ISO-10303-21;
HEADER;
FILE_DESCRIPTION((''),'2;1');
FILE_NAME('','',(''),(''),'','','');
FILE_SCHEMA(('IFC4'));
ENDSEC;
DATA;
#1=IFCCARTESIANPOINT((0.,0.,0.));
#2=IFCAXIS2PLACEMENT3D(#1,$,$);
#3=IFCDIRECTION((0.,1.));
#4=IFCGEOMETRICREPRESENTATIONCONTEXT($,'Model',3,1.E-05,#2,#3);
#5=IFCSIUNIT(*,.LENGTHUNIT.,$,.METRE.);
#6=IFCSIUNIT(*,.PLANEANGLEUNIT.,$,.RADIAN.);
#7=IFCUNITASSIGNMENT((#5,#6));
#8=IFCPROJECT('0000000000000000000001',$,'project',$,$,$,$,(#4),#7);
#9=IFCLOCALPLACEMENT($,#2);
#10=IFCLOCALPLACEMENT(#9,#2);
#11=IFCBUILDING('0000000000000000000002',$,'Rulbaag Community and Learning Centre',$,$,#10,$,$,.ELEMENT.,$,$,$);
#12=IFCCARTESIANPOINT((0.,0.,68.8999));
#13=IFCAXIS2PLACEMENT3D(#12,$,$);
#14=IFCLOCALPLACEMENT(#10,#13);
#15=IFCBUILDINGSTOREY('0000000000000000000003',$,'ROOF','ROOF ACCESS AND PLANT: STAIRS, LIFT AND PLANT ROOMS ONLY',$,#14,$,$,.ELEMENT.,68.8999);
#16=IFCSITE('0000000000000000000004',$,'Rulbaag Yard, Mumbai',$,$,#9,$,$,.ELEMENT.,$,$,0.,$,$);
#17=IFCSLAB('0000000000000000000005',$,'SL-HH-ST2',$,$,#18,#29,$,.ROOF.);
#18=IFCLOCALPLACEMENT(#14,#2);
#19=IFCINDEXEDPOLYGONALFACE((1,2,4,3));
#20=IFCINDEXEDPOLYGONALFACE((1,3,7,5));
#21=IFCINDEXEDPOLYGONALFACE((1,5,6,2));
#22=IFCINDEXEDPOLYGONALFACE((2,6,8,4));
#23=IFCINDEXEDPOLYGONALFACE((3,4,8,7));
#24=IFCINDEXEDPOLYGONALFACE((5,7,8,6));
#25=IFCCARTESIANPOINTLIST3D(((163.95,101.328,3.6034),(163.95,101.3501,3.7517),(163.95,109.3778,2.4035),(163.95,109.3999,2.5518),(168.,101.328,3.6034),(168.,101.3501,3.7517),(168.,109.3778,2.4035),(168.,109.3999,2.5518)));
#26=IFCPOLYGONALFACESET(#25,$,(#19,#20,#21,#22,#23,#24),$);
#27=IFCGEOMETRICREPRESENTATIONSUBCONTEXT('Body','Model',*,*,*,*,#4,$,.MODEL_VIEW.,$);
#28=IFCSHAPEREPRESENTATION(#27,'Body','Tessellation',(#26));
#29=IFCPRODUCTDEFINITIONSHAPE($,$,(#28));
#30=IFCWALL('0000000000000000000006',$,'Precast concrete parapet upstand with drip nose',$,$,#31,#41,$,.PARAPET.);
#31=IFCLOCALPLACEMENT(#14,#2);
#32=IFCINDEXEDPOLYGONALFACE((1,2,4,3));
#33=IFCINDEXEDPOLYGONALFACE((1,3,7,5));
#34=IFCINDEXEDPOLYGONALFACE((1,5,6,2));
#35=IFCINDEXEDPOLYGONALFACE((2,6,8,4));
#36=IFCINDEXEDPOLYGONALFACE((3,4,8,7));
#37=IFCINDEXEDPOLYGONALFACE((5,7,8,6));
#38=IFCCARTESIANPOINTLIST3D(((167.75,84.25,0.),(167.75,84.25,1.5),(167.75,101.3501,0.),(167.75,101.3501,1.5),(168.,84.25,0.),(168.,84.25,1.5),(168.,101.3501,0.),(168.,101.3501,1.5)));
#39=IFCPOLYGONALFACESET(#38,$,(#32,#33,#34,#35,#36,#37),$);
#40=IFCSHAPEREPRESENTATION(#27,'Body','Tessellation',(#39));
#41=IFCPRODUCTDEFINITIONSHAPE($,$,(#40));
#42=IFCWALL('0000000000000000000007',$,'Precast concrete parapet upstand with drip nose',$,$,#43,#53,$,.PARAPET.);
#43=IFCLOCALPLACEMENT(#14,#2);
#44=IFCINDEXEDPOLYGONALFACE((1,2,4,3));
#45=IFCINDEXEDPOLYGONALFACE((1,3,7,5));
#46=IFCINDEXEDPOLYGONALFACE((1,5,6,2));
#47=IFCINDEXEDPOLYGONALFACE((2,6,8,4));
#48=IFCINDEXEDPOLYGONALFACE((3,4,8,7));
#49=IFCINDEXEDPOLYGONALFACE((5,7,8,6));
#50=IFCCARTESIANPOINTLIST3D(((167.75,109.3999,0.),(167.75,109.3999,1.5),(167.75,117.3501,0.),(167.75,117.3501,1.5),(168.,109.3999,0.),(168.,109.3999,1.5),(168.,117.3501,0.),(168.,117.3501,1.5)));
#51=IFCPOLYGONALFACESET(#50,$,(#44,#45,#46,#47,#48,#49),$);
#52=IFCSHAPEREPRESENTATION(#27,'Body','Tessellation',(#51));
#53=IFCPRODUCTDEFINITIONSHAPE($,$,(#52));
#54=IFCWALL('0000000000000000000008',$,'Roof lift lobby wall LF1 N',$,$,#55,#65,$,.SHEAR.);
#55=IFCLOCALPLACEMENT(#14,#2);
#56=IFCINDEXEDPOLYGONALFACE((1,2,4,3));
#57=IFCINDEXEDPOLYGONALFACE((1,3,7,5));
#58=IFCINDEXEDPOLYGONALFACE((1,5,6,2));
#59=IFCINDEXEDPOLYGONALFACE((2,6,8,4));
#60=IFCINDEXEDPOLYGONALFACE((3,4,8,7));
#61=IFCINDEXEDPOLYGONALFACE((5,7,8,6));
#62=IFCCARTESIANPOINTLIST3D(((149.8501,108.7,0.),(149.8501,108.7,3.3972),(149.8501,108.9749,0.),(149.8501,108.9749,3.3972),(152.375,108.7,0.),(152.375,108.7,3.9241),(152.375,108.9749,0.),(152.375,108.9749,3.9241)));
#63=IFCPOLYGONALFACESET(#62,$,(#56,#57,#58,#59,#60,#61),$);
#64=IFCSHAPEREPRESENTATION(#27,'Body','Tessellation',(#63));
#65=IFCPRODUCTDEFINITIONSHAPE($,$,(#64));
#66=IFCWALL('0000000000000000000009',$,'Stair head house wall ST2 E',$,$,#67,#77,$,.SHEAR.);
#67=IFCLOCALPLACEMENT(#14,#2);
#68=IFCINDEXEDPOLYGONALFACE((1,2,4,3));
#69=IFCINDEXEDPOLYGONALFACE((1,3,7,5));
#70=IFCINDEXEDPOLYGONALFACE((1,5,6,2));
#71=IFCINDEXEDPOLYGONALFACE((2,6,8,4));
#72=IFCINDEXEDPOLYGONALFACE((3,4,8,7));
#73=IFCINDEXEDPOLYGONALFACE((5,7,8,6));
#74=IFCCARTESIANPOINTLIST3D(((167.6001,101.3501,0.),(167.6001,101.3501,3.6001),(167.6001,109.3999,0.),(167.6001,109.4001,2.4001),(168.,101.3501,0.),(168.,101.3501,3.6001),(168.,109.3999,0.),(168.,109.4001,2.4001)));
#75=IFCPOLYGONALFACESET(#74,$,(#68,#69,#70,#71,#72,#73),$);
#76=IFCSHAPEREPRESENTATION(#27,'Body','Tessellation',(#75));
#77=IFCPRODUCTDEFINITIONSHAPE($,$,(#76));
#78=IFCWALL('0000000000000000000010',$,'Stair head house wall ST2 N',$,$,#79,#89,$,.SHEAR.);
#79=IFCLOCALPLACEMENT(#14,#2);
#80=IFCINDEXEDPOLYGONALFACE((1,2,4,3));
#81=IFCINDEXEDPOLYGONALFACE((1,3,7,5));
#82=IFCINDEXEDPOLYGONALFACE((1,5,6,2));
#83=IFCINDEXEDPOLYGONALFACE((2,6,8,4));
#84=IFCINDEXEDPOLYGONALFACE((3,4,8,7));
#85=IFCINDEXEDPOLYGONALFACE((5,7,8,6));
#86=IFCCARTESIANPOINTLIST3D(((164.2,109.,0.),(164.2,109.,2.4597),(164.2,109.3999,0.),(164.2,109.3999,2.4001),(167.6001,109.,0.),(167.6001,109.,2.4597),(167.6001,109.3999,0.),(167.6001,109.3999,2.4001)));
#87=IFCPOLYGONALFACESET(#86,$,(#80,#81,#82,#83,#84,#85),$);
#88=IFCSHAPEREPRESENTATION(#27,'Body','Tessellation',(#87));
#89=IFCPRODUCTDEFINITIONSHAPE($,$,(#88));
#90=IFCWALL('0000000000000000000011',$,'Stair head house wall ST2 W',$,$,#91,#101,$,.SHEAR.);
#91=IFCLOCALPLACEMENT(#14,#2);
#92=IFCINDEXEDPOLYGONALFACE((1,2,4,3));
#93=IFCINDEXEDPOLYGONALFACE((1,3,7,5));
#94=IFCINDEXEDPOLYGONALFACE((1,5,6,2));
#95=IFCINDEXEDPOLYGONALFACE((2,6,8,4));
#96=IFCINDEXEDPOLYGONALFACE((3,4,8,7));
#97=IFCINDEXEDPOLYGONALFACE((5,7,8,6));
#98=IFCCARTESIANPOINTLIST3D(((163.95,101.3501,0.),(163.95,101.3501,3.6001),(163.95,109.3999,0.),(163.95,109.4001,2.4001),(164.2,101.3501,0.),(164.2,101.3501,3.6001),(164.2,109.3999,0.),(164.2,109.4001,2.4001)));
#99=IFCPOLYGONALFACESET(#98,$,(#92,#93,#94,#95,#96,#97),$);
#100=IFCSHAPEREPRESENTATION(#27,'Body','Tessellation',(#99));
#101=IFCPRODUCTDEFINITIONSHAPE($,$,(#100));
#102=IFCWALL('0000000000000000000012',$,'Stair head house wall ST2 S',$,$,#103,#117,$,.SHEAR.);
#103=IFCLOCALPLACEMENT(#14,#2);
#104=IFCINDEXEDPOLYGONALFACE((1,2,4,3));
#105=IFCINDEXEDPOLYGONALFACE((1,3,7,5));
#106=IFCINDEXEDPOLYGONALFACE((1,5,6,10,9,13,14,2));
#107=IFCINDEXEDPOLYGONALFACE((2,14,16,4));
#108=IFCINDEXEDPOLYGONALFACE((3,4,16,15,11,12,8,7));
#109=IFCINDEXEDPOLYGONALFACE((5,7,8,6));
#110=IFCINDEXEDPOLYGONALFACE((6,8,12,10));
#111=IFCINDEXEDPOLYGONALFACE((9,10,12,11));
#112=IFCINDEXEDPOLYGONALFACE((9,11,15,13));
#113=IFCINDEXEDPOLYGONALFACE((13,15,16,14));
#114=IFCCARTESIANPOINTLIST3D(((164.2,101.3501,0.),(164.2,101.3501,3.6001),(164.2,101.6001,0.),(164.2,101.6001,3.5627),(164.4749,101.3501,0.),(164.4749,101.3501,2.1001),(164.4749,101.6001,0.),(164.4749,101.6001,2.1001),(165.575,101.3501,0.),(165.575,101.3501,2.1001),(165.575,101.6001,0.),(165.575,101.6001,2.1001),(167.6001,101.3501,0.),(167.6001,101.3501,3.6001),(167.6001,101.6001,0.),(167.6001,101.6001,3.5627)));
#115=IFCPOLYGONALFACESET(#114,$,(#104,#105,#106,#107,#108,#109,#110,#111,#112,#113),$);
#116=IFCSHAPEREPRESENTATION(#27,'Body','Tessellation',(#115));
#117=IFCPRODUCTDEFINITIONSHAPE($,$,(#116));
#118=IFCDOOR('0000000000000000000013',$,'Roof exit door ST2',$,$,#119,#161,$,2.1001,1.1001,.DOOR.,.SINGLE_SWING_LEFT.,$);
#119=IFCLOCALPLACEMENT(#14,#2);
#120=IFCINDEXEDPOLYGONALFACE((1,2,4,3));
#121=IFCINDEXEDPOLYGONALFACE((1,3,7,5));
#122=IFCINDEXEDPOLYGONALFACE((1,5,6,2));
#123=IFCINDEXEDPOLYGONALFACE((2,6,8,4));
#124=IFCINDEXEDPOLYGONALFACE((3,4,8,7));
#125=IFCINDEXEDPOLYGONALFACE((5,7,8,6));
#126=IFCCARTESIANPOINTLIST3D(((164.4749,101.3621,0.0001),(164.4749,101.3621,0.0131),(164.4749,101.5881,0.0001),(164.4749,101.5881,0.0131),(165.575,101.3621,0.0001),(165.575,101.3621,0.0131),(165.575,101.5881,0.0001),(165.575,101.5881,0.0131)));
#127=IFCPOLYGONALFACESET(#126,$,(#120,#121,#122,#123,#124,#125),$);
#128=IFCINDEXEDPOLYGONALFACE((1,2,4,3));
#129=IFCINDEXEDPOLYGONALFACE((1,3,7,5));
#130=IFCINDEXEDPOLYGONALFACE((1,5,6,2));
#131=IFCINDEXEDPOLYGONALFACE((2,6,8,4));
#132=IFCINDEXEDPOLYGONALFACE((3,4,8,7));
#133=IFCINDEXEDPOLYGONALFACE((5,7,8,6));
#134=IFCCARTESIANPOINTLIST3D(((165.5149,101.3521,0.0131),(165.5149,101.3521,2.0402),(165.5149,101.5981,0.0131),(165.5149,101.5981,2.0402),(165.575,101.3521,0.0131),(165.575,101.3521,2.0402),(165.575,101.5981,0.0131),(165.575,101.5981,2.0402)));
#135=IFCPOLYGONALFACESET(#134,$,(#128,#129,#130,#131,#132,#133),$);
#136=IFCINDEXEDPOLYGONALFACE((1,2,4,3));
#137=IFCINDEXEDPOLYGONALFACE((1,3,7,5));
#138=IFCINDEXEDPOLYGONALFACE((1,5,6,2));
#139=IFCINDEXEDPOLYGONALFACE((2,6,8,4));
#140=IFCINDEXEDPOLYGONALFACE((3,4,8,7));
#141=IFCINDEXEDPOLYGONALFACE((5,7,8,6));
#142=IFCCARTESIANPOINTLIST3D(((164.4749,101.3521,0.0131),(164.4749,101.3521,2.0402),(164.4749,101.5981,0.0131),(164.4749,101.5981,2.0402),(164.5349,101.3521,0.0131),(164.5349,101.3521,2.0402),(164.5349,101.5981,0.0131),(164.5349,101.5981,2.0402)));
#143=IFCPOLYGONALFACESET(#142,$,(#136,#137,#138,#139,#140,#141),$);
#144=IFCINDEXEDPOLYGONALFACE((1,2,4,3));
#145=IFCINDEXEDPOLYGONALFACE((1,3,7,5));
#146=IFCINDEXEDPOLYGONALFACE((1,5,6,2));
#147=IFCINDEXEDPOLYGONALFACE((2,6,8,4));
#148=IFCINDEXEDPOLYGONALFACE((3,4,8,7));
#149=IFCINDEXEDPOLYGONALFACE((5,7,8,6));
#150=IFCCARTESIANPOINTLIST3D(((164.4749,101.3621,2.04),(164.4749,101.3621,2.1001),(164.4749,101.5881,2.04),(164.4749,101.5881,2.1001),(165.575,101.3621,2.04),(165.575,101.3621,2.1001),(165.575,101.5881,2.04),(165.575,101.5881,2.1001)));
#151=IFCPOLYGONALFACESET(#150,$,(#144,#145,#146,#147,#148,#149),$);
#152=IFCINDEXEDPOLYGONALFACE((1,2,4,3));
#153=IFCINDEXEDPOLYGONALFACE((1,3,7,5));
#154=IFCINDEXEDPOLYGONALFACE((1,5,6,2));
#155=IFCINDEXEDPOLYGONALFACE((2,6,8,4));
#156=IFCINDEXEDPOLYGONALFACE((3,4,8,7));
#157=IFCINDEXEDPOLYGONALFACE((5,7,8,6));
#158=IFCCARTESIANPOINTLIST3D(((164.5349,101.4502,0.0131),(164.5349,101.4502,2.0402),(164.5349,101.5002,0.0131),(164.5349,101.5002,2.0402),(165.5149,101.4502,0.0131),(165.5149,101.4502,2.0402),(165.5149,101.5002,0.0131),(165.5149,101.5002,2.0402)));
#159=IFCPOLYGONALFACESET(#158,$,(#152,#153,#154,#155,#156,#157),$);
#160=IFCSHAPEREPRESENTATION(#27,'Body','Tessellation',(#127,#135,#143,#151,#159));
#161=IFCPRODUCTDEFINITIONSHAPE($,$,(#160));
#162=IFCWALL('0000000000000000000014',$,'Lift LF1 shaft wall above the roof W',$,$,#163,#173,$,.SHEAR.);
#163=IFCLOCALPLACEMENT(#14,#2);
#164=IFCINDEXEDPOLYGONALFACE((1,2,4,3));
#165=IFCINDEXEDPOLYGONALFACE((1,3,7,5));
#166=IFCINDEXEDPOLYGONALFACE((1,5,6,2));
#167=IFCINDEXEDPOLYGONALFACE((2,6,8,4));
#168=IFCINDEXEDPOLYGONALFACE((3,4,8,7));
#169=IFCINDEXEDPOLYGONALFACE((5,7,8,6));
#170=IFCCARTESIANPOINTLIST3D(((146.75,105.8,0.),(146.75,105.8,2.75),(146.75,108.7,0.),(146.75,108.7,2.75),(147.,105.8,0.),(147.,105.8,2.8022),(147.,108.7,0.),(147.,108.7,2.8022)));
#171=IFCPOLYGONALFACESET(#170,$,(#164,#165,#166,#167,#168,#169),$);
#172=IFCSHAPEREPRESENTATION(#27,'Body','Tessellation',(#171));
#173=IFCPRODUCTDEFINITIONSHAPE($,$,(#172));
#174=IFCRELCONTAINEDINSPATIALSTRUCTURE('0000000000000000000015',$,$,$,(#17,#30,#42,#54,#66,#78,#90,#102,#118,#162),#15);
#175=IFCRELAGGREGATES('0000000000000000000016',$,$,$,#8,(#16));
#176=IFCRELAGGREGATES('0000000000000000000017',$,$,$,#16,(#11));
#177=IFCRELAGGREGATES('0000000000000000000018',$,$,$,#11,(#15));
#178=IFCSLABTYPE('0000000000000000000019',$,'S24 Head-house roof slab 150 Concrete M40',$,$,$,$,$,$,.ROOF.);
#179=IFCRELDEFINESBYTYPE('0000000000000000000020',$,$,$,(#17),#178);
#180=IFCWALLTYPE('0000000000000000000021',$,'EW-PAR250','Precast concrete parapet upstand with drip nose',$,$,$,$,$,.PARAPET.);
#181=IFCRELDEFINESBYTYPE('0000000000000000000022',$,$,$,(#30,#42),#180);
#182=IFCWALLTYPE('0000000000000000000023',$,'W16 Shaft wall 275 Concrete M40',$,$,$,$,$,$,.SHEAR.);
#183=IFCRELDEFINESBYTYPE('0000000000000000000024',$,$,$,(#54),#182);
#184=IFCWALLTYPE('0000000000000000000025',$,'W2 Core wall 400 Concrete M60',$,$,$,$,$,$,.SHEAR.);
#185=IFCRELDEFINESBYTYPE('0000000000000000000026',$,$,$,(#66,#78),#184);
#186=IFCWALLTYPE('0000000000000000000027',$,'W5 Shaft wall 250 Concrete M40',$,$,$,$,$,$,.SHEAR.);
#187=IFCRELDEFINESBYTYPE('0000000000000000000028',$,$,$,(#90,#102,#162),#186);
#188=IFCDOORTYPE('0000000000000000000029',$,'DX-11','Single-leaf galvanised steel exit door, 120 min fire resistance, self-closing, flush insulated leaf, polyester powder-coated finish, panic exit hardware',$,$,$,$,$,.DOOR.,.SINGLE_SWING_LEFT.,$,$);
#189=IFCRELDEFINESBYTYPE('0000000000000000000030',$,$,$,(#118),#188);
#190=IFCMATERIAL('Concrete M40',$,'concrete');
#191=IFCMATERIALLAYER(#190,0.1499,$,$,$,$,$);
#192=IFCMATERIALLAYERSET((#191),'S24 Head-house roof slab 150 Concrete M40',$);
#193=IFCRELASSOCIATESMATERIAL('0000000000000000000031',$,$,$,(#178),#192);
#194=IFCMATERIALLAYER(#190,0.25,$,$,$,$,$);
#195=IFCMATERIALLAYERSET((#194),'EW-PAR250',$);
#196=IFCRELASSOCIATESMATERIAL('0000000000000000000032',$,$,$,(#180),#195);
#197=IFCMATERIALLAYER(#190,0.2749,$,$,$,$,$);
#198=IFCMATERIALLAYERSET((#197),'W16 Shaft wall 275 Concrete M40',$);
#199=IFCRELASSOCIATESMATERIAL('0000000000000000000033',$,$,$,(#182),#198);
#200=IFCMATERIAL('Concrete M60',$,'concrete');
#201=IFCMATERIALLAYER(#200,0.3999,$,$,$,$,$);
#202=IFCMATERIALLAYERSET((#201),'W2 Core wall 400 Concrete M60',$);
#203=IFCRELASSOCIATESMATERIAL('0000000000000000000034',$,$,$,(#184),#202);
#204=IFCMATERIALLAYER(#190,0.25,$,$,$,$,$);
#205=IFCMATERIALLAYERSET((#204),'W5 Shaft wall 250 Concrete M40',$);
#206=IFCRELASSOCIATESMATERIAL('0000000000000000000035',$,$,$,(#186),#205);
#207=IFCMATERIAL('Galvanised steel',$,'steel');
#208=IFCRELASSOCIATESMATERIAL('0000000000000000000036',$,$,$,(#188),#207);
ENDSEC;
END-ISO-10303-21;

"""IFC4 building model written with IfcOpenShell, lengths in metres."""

from ifc_helpers import new_model, si_unit, direction, frame, frame_2d, origin, place, context, subcontext, project, spatial, polyline, rectangle, outline, extrude, material, layer, layer_set, type_object, element, fill, save


model = new_model("IFC4")

# Units and contexts
model_context = context("Model", 3, precision=1e-05, world=origin(), true_north=direction((0.0, 1.0)))
body_context = subcontext(model_context, "Body", "Model", "MODEL_VIEW")
ifc_project = project(units=[si_unit("LENGTHUNIT", "METRE"), si_unit("PLANEANGLEUNIT", "RADIAN")], contexts=[model_context])

# Site, building, storey
site_placement = place(None, origin())
site = spatial("IfcSite", under=ifc_project, at=site_placement, Name="Rulbaag Yard, Mumbai", CompositionType="ELEMENT", RefElevation=0.0)
building_placement = place(site_placement, origin())
building = spatial("IfcBuilding", under=site, at=building_placement, Name="Rulbaag Community and Learning Centre", CompositionType="ELEMENT")
storey_placement = place(building_placement, frame((0.0, 0.0, 68.8999)))
storey = spatial("IfcBuildingStorey", under=building, at=storey_placement, Name="ROOF", Description="ROOF ACCESS AND PLANT: STAIRS, LIFT AND PLANT ROOMS ONLY", CompositionType="ELEMENT", Elevation=68.8999)

# Slab
ifc_material_1 = material(Name="Concrete M40", Category="concrete")
ifc_layer_1 = layer(ifc_material_1, 0.1499)
ifc_layer_set_1 = layer_set([ifc_layer_1], Name="S24 Head-house roof slab 150 Concrete M40")
slab_type = type_object("IfcSlabType", Name="S24 Head-house roof slab 150 Concrete M40", PredefinedType="ROOF", material=ifc_layer_set_1)
slab_placement = place(storey_placement, frame((163.95, 101.3501, 3.7517), z_axis=(0.0, 0.147437, 0.989071), x_axis=(1.0, 0.0, 0.0)))
element("IfcSlab", 1, at=slab_placement, inside=storey, type_object=slab_type, Name="SL-HH-ST2", PredefinedType="ROOF", context=body_context, shape_type="SweptSolid", body=[
    extrude(outline(polyline([(0.0, 0.0), (4.05, 0.0), (4.05, 8.1387), (0.0, 8.1387), (0.0, 0.0)])), origin(), (0.0, 0.0, -1.0), 0.1499),
])

# Walls
ifc_layer_2 = layer(ifc_material_1, 0.25)
ifc_layer_set_2 = layer_set([ifc_layer_2], Name="EW-PAR250")
wall_type_1 = type_object("IfcWallType", Name="EW-PAR250", Description="Precast concrete parapet upstand with drip nose", PredefinedType="PARAPET", material=ifc_layer_set_2)
wall_1_placement = place(storey_placement, frame((167.875, 84.25, 0.0), z_axis=(0.0, 0.0, 1.0), x_axis=(0.0, 1.0, 0.0)))
element("IfcWall", 2, at=wall_1_placement, inside=storey, type_object=wall_type_1, Name="Precast concrete parapet upstand with drip nose", PredefinedType="PARAPET", context=body_context, shape_type="SweptSolid", body=[
    extrude(rectangle(XDim=17.1001, YDim=0.25, at=frame_2d((8.55, 0.0))), origin(), (0.0, 0.0, 1.0), 1.5),
])
wall_2_placement = place(storey_placement, frame((167.875, 109.3999, 0.0), z_axis=(0.0, 0.0, 1.0), x_axis=(0.0, 1.0, 0.0)))
element("IfcWall", 3, at=wall_2_placement, inside=storey, type_object=wall_type_1, Name="Precast concrete parapet upstand with drip nose", PredefinedType="PARAPET", context=body_context, shape_type="SweptSolid", body=[
    extrude(rectangle(XDim=7.9502, YDim=0.25, at=frame_2d((3.9751, 0.0))), origin(), (0.0, 0.0, 1.0), 1.5),
])
ifc_layer_3 = layer(ifc_material_1, 0.2749)
ifc_layer_set_3 = layer_set([ifc_layer_3], Name="W16 Shaft wall 275 Concrete M40")
wall_type_2 = type_object("IfcWallType", Name="W16 Shaft wall 275 Concrete M40", PredefinedType="SHEAR", material=ifc_layer_set_3)
wall_3_placement = place(storey_placement, frame((149.8501, 108.8374, 0.0), z_axis=(0.0, 0.0, 1.0), x_axis=(1.0, 0.0, 0.0)))
element("IfcWall", 4, at=wall_3_placement, inside=storey, type_object=wall_type_2, Name="Roof lift lobby wall LF1 N", PredefinedType="SHEAR", context=body_context, shape_type="SweptSolid", body=[
    extrude(outline(polyline([(0.0, 0.0), (2.5249, 0.0), (2.5249, 3.9241), (0.0, 3.3972), (0.0, 0.0)])), frame((0.0, 0.1375, 0.0), z_axis=(0.0, -1.0, 0.0), x_axis=(1.0, 0.0, 0.0)), (0.0, 0.0, 1.0), 0.2749),
])
ifc_material_2 = material(Name="Concrete M60", Category="concrete")
ifc_layer_4 = layer(ifc_material_2, 0.3999)
ifc_layer_set_4 = layer_set([ifc_layer_4], Name="W2 Core wall 400 Concrete M60")
wall_type_3 = type_object("IfcWallType", Name="W2 Core wall 400 Concrete M60", PredefinedType="SHEAR", material=ifc_layer_set_4)
wall_4_placement = place(storey_placement, frame((167.8, 101.3501, 0.0), z_axis=(0.0, 0.0, 1.0), x_axis=(0.0, 1.0, 0.0)))
element("IfcWall", 5, at=wall_4_placement, inside=storey, type_object=wall_type_3, Name="Stair head house wall ST2 E", PredefinedType="SHEAR", context=body_context, shape_type="SweptSolid", body=[
    extrude(outline(polyline([(0.0, 0.0), (8.0498, 0.0), (8.05, 2.4001), (0.0, 3.6001), (0.0, 0.0)])), frame((0.0, 0.2, 0.0), z_axis=(0.0, -1.0, 0.0), x_axis=(1.0, 0.0, 0.0)), (0.0, 0.0, 1.0), 0.3999),
])
wall_5_placement = place(storey_placement, frame((164.2, 109.2, 0.0), z_axis=(0.0, 0.0, 1.0), x_axis=(1.0, 0.0, 0.0)))
element("IfcWall", 6, at=wall_5_placement, inside=storey, type_object=wall_type_3, Name="Stair head house wall ST2 N", PredefinedType="SHEAR", context=body_context, shape_type="SweptSolid", body=[
    extrude(outline(polyline([(-0.2, 0.0), (0.2, 0.0), (0.2, 2.4001), (-0.2, 2.4597), (-0.2, 0.0)])), frame((0.0, 0.0, 0.0), z_axis=(1.0, 0.0, 0.0), x_axis=(0.0, 1.0, 0.0)), (0.0, 0.0, 1.0), 3.4001),
])
ifc_layer_5 = layer(ifc_material_1, 0.25)
ifc_layer_set_5 = layer_set([ifc_layer_5], Name="W5 Shaft wall 250 Concrete M40")
wall_type_4 = type_object("IfcWallType", Name="W5 Shaft wall 250 Concrete M40", PredefinedType="SHEAR", material=ifc_layer_set_5)
wall_6_placement = place(storey_placement, frame((164.075, 101.3501, 0.0), z_axis=(0.0, 0.0, 1.0), x_axis=(0.0, 1.0, 0.0)))
element("IfcWall", 7, at=wall_6_placement, inside=storey, type_object=wall_type_4, Name="Stair head house wall ST2 W", PredefinedType="SHEAR", context=body_context, shape_type="SweptSolid", body=[
    extrude(outline(polyline([(0.0, 0.0), (8.0498, 0.0), (8.05, 2.4001), (0.0, 3.6001), (0.0, 0.0)])), frame((0.0, 0.125, 0.0), z_axis=(0.0, -1.0, 0.0), x_axis=(1.0, 0.0, 0.0)), (0.0, 0.0, 1.0), 0.25),
])

# Wall, opening, door
wall_7_placement = place(storey_placement, frame((164.2, 101.4751, 0.0), z_axis=(0.0, 0.0, 1.0), x_axis=(1.0, 0.0, 0.0)))
wall_7 = element("IfcWall", 8, at=wall_7_placement, inside=storey, type_object=wall_type_4, Name="Stair head house wall ST2 S", PredefinedType="SHEAR", context=body_context, shape_type="SweptSolid", body=[
    extrude(outline(polyline([(-0.125, 0.0), (0.125, 0.0), (0.125, 3.5627), (-0.125, 3.6001), (-0.125, 0.0)])), frame((0.0, 0.0, 0.0), z_axis=(1.0, 0.0, 0.0), x_axis=(0.0, 1.0, 0.0)), (0.0, 0.0, 1.0), 3.4001),
])
opening_1_placement = place(wall_7_placement, frame((1.375, 0.0, 0.0), z_axis=(0.0, 0.0, 1.0), x_axis=(-1.0, 0.0, 0.0)))
opening_1 = element("IfcOpeningElement", 9, at=opening_1_placement, cuts=wall_7, PredefinedType="OPENING", context=body_context, shape_type="SweptSolid", body=[
    extrude(rectangle(XDim=1.1001, YDim=2.1001, at=frame_2d((0.55, 1.05))), frame((0.0, 0.135, 0.0), z_axis=(0.0, -1.0, 0.0), x_axis=(1.0, 0.0, 0.0)), (0.0, 0.0, 1.0), 0.27),
])
ifc_material_3 = material(Name="Galvanised steel", Category="steel")
door_type_1 = type_object("IfcDoorType", Name="DX-11", Description="Single-leaf galvanised steel exit door, 120 min fire resistance, self-closing, flush insulated leaf, polyester powder-coated finish, panic exit hardware", OperationType="SINGLE_SWING_LEFT", PredefinedType="DOOR", material=ifc_material_3)
door_1_placement = place(opening_1_placement, origin())
door_1 = element("IfcDoor", 10, at=door_1_placement, inside=storey, type_object=door_type_1, Name="Roof exit door ST2", OperationType="SINGLE_SWING_LEFT", OverallHeight=2.1001, OverallWidth=1.1001, PredefinedType="DOOR", context=body_context, shape_type="SweptSolid", body=[
    extrude(rectangle(XDim=1.1001, YDim=0.0129, at=frame_2d((0.55, 0.0066))), frame((0.0, 0.113, 0.0), z_axis=(0.0, -1.0, 0.0), x_axis=(1.0, 0.0, 0.0)), (0.0, 0.0, 1.0), 0.2261),
    extrude(rectangle(XDim=0.0601, YDim=2.0271, at=frame_2d((0.03, 1.0266))), frame((0.0, 0.123, 0.0), z_axis=(0.0, -1.0, 0.0), x_axis=(1.0, 0.0, 0.0)), (0.0, 0.0, 1.0), 0.2461),
    extrude(rectangle(XDim=0.0601, YDim=2.0271, at=frame_2d((1.0701, 1.0266))), frame((0.0, 0.123, 0.0), z_axis=(0.0, -1.0, 0.0), x_axis=(1.0, 0.0, 0.0)), (0.0, 0.0, 1.0), 0.2461),
    extrude(rectangle(XDim=1.1001, YDim=0.0601, at=frame_2d((0.55, 2.0701))), frame((0.0, 0.113, 0.0), z_axis=(0.0, -1.0, 0.0), x_axis=(1.0, 0.0, 0.0)), (0.0, 0.0, 1.0), 0.2261),
    extrude(rectangle(XDim=0.98, YDim=2.0271, at=frame_2d((0.55, 1.0266))), frame((0.0, 0.0249, 0.0), z_axis=(0.0, -1.0, 0.0), x_axis=(1.0, 0.0, 0.0)), (0.0, 0.0, 1.0), 0.05),
])
fill(opening_1, door_1)

# Wall
wall_8_placement = place(storey_placement, frame((146.875, 105.8, 0.0), z_axis=(0.0, 0.0, 1.0), x_axis=(0.0, 1.0, 0.0)))
element("IfcWall", 11, at=wall_8_placement, inside=storey, type_object=wall_type_4, Name="Lift LF1 shaft wall above the roof W", PredefinedType="SHEAR", context=body_context, shape_type="SweptSolid", body=[
    extrude(outline(polyline([(-0.125, 0.0), (0.125, 0.0), (0.125, 2.75), (-0.125, 2.8022), (-0.125, 0.0)])), frame((0.0, 0.0, 0.0), z_axis=(1.0, 0.0, 0.0), x_axis=(0.0, 1.0, 0.0)), (0.0, 0.0, 1.0), 2.8999),
])

save(model, "model.ifc")
